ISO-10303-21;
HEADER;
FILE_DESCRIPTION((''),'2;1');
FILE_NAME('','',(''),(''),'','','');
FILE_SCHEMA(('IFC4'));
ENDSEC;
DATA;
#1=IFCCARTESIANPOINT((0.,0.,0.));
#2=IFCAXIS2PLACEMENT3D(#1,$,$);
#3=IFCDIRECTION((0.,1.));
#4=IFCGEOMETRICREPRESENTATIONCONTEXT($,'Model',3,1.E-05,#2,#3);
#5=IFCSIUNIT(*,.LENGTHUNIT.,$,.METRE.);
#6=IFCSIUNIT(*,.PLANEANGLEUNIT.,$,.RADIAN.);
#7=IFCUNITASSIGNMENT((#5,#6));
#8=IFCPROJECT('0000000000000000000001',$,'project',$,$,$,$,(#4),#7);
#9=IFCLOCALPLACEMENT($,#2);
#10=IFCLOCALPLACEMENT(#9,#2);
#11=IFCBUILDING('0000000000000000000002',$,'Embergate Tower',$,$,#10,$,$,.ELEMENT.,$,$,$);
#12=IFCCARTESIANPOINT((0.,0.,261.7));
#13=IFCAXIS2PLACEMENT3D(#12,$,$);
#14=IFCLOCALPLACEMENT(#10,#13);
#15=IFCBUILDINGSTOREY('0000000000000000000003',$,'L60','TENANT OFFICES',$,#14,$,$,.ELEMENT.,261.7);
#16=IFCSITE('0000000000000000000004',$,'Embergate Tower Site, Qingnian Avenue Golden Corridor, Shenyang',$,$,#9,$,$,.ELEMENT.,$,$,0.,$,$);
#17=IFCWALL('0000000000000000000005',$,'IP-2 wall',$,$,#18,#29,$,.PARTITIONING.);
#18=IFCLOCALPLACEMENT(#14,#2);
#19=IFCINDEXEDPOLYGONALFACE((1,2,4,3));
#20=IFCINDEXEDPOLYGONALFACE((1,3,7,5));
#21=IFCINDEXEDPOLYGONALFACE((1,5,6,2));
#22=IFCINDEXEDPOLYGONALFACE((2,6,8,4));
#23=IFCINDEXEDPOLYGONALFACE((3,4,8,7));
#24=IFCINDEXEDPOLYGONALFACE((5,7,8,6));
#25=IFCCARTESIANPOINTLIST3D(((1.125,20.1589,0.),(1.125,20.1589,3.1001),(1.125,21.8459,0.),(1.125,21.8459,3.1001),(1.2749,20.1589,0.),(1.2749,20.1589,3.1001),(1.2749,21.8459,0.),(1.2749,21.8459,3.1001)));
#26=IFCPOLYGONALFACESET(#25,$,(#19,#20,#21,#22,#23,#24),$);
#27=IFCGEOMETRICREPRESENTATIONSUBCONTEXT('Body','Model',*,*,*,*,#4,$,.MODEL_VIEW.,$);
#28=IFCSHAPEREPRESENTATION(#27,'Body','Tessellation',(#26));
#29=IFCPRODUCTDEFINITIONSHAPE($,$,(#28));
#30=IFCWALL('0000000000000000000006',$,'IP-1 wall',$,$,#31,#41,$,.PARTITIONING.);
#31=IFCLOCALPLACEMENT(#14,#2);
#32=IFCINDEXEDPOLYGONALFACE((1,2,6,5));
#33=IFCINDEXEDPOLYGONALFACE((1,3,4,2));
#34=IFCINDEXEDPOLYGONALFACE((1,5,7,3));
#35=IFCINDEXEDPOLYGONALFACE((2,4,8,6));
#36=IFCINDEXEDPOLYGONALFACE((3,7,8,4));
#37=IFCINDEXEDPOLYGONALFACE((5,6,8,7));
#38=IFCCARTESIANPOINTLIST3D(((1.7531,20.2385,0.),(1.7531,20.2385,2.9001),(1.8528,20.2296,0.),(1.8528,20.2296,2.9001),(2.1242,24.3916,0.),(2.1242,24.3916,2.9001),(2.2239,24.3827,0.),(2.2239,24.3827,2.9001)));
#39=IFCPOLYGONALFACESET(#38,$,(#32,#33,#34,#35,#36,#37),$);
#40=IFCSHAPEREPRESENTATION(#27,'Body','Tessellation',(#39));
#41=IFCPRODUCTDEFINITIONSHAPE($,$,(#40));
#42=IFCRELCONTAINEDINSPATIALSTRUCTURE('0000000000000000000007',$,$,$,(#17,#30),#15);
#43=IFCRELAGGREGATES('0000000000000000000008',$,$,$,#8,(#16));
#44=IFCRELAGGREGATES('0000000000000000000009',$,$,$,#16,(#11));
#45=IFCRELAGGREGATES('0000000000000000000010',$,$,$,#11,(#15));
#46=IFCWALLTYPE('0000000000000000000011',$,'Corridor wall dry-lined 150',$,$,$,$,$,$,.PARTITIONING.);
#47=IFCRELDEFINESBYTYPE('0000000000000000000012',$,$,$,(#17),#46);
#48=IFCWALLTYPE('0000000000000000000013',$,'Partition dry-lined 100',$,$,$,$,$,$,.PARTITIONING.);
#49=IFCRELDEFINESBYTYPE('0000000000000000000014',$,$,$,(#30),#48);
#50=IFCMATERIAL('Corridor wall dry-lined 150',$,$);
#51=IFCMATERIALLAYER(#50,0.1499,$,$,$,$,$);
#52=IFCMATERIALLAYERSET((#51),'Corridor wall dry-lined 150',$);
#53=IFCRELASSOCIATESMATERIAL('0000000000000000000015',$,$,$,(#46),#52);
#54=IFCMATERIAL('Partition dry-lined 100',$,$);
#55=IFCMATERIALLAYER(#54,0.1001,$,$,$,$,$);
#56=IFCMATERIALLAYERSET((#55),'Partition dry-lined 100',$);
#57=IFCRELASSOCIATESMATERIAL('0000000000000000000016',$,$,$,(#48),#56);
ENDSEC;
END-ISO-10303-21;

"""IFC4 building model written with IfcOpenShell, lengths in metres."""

from ifc_helpers import new_model, si_unit, direction, frame, frame_2d, origin, place, context, subcontext, project, spatial, rectangle, extrude, source, transform, mapped, material, layer, layer_set, type_object, element, save


model = new_model("IFC4")

# Units and contexts
model_context = context("Model", 3, precision=1e-05, world=origin(), true_north=direction((0.0, 1.0)))
body_context = subcontext(model_context, "Body", "Model", "MODEL_VIEW")
ifc_project = project(units=[si_unit("LENGTHUNIT", "METRE"), si_unit("PLANEANGLEUNIT", "RADIAN")], contexts=[model_context])

# Site, building, storey
site_placement = place(None, origin())
site = spatial("IfcSite", under=ifc_project, at=site_placement, Name="Embergate Tower Site, Qingnian Avenue Golden Corridor, Shenyang", CompositionType="ELEMENT", RefElevation=0.0)
building_placement = place(site_placement, origin())
building = spatial("IfcBuilding", under=site, at=building_placement, Name="Embergate Tower", CompositionType="ELEMENT")
storey_placement = place(building_placement, frame((0.0, 0.0, 261.7)))
storey = spatial("IfcBuildingStorey", under=building, at=storey_placement, Name="L60", Description="TENANT OFFICES", CompositionType="ELEMENT", Elevation=261.7)

# Shared definitions
ifc_material_1 = material(Name="Corridor wall dry-lined 150")
ifc_layer_1 = layer(ifc_material_1, 0.1499)
ifc_layer_set_1 = layer_set([ifc_layer_1], Name="Corridor wall dry-lined 150")
wall_type_1 = type_object("IfcWallType", Name="Corridor wall dry-lined 150", PredefinedType="PARTITIONING", material=ifc_layer_set_1)

# Walls
shared_shape_1 = source(origin(), body_context, "Body", "SweptSolid", [
    extrude(rectangle(XDim=1.687, YDim=0.1499, at=frame_2d((0.8435, 0.0))), origin(), (0.0, 0.0, 1.0), 3.1001),
])
wall_1_placement = place(storey_placement, frame((1.2, 21.8459, 0.0), z_axis=(0.0, 0.0, 1.0), x_axis=(0.0, -1.0, 0.0)))
element("IfcWall", 1, at=wall_1_placement, inside=storey, type_object=wall_type_1, Name="IP-2 wall", PredefinedType="PARTITIONING", context=body_context, shape_type="MappedRepresentation", body=[
    mapped(shared_shape_1, transform((0.0, 0.0, 0.0))),
])
ifc_material_2 = material(Name="Partition dry-lined 100")
ifc_layer_2 = layer(ifc_material_2, 0.1001)
ifc_layer_set_2 = layer_set([ifc_layer_2], Name="Partition dry-lined 100")
wall_type_2 = type_object("IfcWallType", Name="Partition dry-lined 100", PredefinedType="PARTITIONING", material=ifc_layer_set_2)
shared_shape_2 = source(origin(), body_context, "Body", "SweptSolid", [
    extrude(rectangle(XDim=4.1697, YDim=0.1001, at=frame_2d((2.085, 0.0))), origin(), (0.0, 0.0, 1.0), 2.9001),
])
wall_2_placement = place(storey_placement, frame((1.803, 20.2339, 0.0), z_axis=(0.0, 0.0, 1.0), x_axis=(0.088999, 0.996032, 0.0)))
element("IfcWall", 2, at=wall_2_placement, inside=storey, type_object=wall_type_2, Name="IP-1 wall", PredefinedType="PARTITIONING", context=body_context, shape_type="MappedRepresentation", body=[
    mapped(shared_shape_2, transform((0.0, 0.0, 0.0))),
])

save(model, "model.ifc")
